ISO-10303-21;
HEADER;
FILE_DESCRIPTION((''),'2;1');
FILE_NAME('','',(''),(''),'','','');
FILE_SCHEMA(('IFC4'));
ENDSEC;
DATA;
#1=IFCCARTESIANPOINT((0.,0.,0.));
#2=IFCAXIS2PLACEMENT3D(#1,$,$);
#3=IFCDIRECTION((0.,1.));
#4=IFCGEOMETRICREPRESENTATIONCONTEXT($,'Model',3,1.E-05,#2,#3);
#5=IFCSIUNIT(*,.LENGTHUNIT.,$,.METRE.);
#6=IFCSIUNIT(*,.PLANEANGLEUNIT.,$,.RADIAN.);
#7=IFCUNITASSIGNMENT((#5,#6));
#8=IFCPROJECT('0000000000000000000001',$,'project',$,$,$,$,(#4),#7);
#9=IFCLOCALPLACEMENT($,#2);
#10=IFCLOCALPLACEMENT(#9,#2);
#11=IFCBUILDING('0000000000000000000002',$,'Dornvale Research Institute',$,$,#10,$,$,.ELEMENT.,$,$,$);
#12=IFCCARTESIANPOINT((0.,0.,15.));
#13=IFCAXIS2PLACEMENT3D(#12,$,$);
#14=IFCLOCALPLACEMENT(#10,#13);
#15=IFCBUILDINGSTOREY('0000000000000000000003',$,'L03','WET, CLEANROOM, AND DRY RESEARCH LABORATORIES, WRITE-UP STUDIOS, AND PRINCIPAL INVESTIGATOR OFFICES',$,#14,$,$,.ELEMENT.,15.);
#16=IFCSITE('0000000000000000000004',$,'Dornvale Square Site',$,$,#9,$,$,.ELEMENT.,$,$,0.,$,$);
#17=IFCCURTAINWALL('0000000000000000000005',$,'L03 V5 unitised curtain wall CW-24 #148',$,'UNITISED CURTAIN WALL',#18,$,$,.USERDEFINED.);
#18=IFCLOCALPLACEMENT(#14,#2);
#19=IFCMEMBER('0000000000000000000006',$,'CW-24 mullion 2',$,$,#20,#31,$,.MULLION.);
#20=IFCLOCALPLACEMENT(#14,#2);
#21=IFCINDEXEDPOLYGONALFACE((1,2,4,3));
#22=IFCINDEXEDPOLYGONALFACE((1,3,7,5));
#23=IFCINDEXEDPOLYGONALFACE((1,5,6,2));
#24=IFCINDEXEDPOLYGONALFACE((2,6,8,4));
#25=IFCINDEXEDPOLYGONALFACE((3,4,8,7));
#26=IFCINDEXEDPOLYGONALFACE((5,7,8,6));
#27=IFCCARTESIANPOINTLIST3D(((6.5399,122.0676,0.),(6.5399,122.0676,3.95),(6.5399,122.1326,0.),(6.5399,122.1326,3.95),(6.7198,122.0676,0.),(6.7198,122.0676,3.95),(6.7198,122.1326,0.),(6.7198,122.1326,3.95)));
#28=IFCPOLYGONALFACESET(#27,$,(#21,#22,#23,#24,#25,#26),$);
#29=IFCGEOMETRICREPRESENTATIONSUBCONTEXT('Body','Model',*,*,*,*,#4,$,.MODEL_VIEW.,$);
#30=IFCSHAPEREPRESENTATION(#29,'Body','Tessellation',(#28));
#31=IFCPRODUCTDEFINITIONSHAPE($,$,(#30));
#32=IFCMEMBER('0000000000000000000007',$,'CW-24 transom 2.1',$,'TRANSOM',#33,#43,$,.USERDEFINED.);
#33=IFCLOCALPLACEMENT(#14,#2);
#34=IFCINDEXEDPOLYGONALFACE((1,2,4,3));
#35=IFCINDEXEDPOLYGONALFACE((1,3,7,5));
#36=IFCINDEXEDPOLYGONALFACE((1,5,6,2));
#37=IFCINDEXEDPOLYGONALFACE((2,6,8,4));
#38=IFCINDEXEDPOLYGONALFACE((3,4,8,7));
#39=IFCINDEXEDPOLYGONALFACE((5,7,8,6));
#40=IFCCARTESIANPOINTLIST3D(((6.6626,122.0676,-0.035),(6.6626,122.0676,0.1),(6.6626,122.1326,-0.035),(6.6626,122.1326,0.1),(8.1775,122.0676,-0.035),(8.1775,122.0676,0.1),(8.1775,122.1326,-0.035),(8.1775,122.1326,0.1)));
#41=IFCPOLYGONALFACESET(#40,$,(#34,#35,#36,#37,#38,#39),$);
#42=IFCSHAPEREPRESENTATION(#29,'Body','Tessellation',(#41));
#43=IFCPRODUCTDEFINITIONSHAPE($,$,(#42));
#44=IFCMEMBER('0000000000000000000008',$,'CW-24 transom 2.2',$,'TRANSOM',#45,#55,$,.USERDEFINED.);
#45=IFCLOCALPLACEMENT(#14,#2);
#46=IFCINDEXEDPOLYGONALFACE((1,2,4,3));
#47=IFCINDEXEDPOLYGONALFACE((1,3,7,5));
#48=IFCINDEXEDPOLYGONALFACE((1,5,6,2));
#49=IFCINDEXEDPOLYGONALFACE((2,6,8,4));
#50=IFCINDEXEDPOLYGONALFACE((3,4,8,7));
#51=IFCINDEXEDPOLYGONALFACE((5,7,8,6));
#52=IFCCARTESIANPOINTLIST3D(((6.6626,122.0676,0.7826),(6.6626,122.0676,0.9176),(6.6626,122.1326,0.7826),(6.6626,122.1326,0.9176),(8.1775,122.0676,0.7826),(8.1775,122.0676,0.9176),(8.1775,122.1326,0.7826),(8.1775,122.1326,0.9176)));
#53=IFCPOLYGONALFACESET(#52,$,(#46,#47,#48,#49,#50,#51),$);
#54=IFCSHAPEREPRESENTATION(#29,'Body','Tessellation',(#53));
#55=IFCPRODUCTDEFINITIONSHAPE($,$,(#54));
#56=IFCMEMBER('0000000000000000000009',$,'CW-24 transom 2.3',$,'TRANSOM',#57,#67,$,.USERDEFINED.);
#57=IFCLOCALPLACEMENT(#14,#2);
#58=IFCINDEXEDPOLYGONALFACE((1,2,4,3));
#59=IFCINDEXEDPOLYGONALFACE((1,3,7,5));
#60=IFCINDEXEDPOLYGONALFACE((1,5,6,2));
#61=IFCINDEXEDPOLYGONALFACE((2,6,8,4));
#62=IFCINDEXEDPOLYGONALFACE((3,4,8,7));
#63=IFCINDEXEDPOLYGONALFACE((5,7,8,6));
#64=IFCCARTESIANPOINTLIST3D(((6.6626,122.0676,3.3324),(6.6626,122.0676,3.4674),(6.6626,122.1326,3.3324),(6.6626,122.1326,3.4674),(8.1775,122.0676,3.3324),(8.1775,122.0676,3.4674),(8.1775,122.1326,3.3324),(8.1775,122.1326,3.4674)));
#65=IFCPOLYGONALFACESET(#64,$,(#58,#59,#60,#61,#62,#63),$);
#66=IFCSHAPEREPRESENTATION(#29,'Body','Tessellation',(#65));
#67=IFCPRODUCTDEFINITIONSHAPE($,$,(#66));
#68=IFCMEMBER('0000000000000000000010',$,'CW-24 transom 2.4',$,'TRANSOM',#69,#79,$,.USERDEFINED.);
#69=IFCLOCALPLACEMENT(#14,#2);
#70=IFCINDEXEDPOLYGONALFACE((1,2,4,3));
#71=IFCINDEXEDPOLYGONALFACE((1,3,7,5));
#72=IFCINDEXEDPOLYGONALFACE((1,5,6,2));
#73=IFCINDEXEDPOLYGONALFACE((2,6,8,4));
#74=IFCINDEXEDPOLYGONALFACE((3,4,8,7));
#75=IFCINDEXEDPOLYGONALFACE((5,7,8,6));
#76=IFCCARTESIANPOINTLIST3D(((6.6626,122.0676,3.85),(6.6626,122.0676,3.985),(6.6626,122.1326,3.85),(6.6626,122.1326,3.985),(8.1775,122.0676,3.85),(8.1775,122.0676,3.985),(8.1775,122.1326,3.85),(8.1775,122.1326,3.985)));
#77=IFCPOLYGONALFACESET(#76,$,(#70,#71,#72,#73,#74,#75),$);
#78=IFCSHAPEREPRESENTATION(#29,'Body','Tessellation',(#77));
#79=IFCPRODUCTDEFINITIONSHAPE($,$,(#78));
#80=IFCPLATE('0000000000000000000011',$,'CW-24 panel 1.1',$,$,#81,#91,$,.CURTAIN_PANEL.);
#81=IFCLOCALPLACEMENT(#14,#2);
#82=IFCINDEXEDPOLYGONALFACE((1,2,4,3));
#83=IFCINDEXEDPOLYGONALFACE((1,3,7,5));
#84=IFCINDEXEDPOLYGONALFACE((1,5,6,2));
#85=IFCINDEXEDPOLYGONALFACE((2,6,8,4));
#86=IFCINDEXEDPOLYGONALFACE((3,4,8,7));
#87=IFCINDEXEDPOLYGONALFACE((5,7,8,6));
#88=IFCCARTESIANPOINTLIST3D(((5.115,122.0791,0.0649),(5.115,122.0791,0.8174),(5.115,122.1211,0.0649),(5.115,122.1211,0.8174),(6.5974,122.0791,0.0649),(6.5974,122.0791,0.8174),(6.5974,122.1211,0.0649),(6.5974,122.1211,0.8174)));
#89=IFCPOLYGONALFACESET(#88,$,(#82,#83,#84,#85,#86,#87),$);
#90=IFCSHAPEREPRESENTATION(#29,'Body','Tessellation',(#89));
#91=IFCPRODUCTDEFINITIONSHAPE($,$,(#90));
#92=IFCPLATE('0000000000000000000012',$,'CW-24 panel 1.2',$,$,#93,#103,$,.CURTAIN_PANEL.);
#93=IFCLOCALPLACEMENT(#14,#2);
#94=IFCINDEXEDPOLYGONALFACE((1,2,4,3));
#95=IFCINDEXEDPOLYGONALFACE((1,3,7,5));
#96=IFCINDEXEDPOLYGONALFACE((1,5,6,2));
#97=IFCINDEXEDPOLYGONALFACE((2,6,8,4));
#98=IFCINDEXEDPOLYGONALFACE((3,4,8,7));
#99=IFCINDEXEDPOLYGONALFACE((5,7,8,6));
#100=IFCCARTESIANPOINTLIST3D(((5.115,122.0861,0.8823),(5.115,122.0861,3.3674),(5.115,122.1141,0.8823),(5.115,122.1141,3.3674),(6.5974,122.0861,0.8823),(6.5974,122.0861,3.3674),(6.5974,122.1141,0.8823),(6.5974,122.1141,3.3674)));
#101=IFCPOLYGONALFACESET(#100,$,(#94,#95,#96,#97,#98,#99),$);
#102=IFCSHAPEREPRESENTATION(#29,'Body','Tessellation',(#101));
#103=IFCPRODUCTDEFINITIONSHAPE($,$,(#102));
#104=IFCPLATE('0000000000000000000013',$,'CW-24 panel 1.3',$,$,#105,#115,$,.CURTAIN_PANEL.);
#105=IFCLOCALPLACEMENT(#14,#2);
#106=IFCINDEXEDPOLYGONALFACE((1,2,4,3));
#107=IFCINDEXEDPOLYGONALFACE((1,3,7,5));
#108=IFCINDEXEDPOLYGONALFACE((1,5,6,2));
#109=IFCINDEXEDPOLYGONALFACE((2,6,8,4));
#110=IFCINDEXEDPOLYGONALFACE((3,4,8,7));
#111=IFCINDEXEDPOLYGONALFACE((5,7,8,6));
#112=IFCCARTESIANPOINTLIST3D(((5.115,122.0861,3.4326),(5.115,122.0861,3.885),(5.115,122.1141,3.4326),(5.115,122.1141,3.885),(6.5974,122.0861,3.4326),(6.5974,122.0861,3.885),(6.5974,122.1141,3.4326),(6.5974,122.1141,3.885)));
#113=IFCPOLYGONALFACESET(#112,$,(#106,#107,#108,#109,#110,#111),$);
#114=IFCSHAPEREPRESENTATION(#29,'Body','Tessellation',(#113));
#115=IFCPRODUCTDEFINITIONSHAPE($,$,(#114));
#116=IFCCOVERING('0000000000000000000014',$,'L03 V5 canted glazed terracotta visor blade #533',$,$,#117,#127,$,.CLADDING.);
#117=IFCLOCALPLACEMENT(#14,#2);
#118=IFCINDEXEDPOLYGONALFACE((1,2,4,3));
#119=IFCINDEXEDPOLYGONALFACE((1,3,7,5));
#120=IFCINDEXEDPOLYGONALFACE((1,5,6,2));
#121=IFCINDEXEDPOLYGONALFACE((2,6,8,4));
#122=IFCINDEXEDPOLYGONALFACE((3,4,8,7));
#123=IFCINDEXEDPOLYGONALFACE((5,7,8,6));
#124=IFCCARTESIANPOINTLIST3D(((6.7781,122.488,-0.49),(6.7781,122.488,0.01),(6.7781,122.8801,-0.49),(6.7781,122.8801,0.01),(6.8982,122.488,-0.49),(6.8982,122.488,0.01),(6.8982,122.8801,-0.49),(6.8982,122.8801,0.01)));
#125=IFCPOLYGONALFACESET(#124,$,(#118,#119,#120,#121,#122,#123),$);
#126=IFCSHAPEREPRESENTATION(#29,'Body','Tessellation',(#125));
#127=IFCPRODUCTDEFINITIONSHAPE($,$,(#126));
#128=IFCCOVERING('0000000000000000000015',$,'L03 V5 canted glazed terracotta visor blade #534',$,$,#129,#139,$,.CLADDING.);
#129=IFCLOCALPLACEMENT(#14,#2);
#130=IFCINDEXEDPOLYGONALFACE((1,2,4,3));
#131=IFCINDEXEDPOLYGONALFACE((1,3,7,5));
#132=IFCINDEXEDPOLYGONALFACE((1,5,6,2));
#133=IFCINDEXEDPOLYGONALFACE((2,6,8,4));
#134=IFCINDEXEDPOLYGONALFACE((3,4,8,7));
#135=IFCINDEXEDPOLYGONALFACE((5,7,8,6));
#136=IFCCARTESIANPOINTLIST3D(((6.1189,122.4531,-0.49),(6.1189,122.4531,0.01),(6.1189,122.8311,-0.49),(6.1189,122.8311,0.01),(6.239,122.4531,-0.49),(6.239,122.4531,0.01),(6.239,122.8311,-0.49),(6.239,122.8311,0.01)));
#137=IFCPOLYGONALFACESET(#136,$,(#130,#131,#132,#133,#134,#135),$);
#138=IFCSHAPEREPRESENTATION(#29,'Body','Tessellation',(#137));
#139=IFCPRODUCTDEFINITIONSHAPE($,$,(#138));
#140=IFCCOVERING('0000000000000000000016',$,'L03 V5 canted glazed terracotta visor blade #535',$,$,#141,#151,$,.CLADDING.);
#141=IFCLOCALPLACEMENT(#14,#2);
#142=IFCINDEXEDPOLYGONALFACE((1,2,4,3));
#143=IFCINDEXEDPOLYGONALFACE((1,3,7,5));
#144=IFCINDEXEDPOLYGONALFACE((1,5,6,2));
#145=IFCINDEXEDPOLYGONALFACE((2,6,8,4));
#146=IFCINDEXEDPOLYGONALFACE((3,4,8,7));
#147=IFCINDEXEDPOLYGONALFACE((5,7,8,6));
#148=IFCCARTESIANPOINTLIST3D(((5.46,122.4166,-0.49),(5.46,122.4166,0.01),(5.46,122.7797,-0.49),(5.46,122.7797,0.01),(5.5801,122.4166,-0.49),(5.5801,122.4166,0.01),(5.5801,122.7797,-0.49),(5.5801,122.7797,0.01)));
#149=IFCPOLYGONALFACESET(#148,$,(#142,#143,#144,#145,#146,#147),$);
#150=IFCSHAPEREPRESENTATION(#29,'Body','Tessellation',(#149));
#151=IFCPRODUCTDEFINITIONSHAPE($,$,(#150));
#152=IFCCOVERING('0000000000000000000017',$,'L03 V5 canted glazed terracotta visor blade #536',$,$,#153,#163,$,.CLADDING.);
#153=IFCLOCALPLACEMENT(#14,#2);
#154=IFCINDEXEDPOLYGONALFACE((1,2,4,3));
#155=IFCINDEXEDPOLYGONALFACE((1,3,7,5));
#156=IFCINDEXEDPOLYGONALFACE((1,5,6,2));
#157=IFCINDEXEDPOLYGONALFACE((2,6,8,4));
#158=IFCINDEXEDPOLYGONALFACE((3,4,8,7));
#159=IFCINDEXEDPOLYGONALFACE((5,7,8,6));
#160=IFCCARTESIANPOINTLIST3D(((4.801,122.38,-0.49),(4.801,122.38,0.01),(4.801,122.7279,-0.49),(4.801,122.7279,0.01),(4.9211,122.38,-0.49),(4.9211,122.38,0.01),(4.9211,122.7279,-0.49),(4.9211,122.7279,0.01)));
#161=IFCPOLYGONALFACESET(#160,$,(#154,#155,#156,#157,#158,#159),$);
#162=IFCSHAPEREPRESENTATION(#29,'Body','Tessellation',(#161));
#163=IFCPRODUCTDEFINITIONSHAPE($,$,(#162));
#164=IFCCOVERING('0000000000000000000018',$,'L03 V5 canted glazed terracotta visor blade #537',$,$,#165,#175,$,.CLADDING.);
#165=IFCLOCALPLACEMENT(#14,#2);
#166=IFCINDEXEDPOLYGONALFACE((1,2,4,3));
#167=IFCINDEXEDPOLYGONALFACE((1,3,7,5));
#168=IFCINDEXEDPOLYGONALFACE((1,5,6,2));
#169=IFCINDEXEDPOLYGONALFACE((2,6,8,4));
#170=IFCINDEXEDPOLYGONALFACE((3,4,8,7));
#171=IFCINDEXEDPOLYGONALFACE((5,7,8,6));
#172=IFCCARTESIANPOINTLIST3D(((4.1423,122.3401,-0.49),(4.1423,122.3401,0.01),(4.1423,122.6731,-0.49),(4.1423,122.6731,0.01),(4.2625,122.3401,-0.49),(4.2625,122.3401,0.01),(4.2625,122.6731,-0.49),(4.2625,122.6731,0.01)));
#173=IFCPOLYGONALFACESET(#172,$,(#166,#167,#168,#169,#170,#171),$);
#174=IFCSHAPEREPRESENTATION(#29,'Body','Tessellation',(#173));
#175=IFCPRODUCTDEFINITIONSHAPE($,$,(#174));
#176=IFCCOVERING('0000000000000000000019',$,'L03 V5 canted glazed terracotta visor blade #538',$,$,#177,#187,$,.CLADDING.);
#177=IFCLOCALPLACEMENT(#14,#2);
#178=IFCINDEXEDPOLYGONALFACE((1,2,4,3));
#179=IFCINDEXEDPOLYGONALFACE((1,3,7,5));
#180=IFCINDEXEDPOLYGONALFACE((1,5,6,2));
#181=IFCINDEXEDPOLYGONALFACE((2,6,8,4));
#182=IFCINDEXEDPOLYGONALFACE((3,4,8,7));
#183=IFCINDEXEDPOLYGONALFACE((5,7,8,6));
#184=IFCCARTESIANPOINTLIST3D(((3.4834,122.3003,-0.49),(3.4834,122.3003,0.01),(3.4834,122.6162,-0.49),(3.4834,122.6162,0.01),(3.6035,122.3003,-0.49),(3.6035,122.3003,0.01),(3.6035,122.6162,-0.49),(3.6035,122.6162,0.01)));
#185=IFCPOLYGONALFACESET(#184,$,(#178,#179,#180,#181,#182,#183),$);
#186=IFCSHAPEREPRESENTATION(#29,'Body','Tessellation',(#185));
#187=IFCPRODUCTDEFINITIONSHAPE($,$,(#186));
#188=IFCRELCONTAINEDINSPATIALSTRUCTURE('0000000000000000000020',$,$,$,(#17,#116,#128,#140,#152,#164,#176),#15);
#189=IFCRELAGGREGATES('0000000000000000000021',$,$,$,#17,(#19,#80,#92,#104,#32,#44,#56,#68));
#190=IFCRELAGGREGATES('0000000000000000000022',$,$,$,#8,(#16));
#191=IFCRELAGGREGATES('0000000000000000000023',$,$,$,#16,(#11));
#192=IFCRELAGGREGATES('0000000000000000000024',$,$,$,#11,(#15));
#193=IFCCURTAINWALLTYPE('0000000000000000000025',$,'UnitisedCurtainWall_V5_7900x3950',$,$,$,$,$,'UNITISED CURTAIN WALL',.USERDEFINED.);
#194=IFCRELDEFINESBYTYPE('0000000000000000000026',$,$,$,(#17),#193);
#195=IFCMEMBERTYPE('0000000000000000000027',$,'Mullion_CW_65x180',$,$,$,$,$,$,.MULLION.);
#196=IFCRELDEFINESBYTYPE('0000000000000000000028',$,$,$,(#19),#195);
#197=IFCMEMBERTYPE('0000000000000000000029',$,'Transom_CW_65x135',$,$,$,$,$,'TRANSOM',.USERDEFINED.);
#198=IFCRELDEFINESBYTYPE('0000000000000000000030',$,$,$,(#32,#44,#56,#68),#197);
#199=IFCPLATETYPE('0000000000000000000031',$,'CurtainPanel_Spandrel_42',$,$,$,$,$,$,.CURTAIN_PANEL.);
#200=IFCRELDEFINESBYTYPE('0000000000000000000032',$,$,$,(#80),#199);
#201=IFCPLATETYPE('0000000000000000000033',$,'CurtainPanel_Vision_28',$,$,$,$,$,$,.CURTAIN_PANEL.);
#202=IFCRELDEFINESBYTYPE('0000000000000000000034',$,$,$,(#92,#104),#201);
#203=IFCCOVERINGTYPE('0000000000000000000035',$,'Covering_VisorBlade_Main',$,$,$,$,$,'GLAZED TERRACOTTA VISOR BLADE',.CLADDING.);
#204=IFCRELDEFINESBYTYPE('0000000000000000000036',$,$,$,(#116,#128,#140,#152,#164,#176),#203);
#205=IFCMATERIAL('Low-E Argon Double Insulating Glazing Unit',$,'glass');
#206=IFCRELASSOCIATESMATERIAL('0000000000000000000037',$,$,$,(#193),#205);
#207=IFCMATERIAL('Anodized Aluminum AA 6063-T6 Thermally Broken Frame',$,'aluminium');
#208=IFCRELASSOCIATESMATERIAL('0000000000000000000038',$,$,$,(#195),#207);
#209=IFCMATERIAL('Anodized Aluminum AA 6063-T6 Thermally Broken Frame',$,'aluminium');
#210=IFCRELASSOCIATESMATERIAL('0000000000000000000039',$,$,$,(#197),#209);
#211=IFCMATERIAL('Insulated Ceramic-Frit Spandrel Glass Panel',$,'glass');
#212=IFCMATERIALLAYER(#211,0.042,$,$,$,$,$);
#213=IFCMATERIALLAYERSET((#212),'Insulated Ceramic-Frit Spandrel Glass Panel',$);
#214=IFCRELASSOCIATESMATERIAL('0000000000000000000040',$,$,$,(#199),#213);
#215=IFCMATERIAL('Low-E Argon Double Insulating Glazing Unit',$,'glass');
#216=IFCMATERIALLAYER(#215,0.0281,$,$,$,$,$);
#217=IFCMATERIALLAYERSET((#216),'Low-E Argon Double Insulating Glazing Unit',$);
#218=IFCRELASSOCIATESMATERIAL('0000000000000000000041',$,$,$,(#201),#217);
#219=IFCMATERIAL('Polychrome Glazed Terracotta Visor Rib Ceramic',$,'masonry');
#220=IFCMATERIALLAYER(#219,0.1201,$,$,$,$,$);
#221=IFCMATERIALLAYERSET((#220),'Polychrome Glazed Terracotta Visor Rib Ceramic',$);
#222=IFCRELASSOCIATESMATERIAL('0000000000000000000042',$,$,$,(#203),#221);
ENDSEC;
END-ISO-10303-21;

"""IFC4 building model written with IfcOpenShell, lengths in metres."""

from ifc_helpers import new_model, si_unit, direction, frame, origin, origin_2d, place, context, subcontext, project, spatial, rectangle, extrude, material, layer, layer_set, material_profile, profile_set, type_object, element, aggregate, save


model = new_model("IFC4")

# Units and contexts
model_context = context("Model", 3, precision=1e-05, world=origin(), true_north=direction((0.0, 1.0)))
body_context = subcontext(model_context, "Body", "Model", "MODEL_VIEW")
ifc_project = project(units=[si_unit("LENGTHUNIT", "METRE"), si_unit("PLANEANGLEUNIT", "RADIAN")], contexts=[model_context])

# Site, building, storey
site_placement = place(None, origin())
site = spatial("IfcSite", under=ifc_project, at=site_placement, Name="Dornvale Square Site", CompositionType="ELEMENT", RefElevation=0.0)
building_placement = place(site_placement, origin())
building = spatial("IfcBuilding", under=site, at=building_placement, Name="Dornvale Research Institute", CompositionType="ELEMENT")
storey_placement = place(building_placement, frame((0.0, 0.0, 15.0)))
storey = spatial("IfcBuildingStorey", under=building, at=storey_placement, Name="L03", Description="WET, CLEANROOM, AND DRY RESEARCH LABORATORIES, WRITE-UP STUDIOS, AND PRINCIPAL INVESTIGATOR OFFICES", CompositionType="ELEMENT", Elevation=15.0)

# Curtain wall, members, plates
ifc_material_1 = material(Name="Low-E Argon Double Insulating Glazing Unit", Category="glass")
curtain_wall_type = type_object("IfcCurtainWallType", Name="UnitisedCurtainWall_V5_7900x3950", ElementType="UNITISED CURTAIN WALL", PredefinedType="USERDEFINED", material=ifc_material_1)
curtain_wall_placement = place(storey_placement, origin())
curtain_wall = element("IfcCurtainWall", 1, at=curtain_wall_placement, inside=storey, type_object=curtain_wall_type, Name="L03 V5 unitised curtain wall CW-24 #148", ObjectType="UNITISED CURTAIN WALL", PredefinedType="USERDEFINED")
ifc_material_2 = material(Name="Anodized Aluminum AA 6063-T6 Thermally Broken Frame", Category="aluminium")
ifc_material_profile_1 = material_profile(ifc_material_2, rectangle(XDim=0.0649, YDim=0.1799, at=origin_2d()), Name="ALU MULLION 65x180")
ifc_profile_set_1 = profile_set([ifc_material_profile_1], Name="Anodized Aluminum AA 6063-T6 Thermally Broken Frame")
member_type_1 = type_object("IfcMemberType", Name="Mullion_CW_65x180", PredefinedType="MULLION", material=ifc_profile_set_1)
member_1_placement = place(storey_placement, frame((6.6299, 122.1001, 0.0), z_axis=(0.0, 0.0, 1.0), x_axis=(0.0, 1.0, 0.0)))
member_1 = element("IfcMember", 2, at=member_1_placement, type_object=member_type_1, Name="CW-24 mullion 2", PredefinedType="MULLION", context=body_context, shape_type="SweptSolid", body=[
    extrude(rectangle(XDim=0.0649, YDim=0.1799, at=origin_2d()), origin(), (0.0, 0.0, 1.0), 3.95),
])
ifc_material_3 = material(Name="Anodized Aluminum AA 6063-T6 Thermally Broken Frame", Category="aluminium")
ifc_material_profile_2 = material_profile(ifc_material_3, rectangle(XDim=0.0649, YDim=0.135, at=origin_2d()), Name="ALU TRANSOM 65x135")
ifc_profile_set_2 = profile_set([ifc_material_profile_2], Name="Anodized Aluminum AA 6063-T6 Thermally Broken Frame")
member_type_2 = type_object("IfcMemberType", Name="Transom_CW_65x135", ElementType="TRANSOM", PredefinedType="USERDEFINED", material=ifc_profile_set_2)
member_2_placement = place(storey_placement, frame((6.6626, 122.1001, 0.0325), z_axis=(1.0, 0.0, 0.0), x_axis=(0.0, 1.0, 0.0)))
member_2 = element("IfcMember", 3, at=member_2_placement, type_object=member_type_2, Name="CW-24 transom 2.1", ObjectType="TRANSOM", PredefinedType="USERDEFINED", context=body_context, shape_type="SweptSolid", body=[
    extrude(rectangle(XDim=0.0649, YDim=0.135, at=origin_2d()), origin(), (0.0, 0.0, 1.0), 1.5149),
])
member_3_placement = place(storey_placement, frame((6.6626, 122.1001, 0.8501), z_axis=(1.0, 0.0, 0.0), x_axis=(0.0, 1.0, 0.0)))
member_3 = element("IfcMember", 4, at=member_3_placement, type_object=member_type_2, Name="CW-24 transom 2.2", ObjectType="TRANSOM", PredefinedType="USERDEFINED", context=body_context, shape_type="SweptSolid", body=[
    extrude(rectangle(XDim=0.0649, YDim=0.135, at=origin_2d()), origin(), (0.0, 0.0, 1.0), 1.5149),
])
member_4_placement = place(storey_placement, frame((6.6626, 122.1001, 3.3999), z_axis=(1.0, 0.0, 0.0), x_axis=(0.0, 1.0, 0.0)))
member_4 = element("IfcMember", 5, at=member_4_placement, type_object=member_type_2, Name="CW-24 transom 2.3", ObjectType="TRANSOM", PredefinedType="USERDEFINED", context=body_context, shape_type="SweptSolid", body=[
    extrude(rectangle(XDim=0.0649, YDim=0.135, at=origin_2d()), origin(), (0.0, 0.0, 1.0), 1.5149),
])
member_5_placement = place(storey_placement, frame((6.6626, 122.1001, 3.9175), z_axis=(1.0, 0.0, 0.0), x_axis=(0.0, 1.0, 0.0)))
member_5 = element("IfcMember", 6, at=member_5_placement, type_object=member_type_2, Name="CW-24 transom 2.4", ObjectType="TRANSOM", PredefinedType="USERDEFINED", context=body_context, shape_type="SweptSolid", body=[
    extrude(rectangle(XDim=0.0649, YDim=0.135, at=origin_2d()), origin(), (0.0, 0.0, 1.0), 1.5149),
])
ifc_material_4 = material(Name="Insulated Ceramic-Frit Spandrel Glass Panel", Category="glass")
ifc_layer_1 = layer(ifc_material_4, 0.042)
ifc_layer_set_1 = layer_set([ifc_layer_1], Name="Insulated Ceramic-Frit Spandrel Glass Panel")
plate_type_1 = type_object("IfcPlateType", Name="CurtainPanel_Spandrel_42", PredefinedType="CURTAIN_PANEL", material=ifc_layer_set_1)
plate_1_placement = place(storey_placement, frame((5.8562, 122.1001, 0.0649), z_axis=(0.0, 0.0, 1.0), x_axis=(1.0, 0.0, 0.0)))
plate_1 = element("IfcPlate", 7, at=plate_1_placement, type_object=plate_type_1, Name="CW-24 panel 1.1", PredefinedType="CURTAIN_PANEL", context=body_context, shape_type="SweptSolid", body=[
    extrude(rectangle(XDim=1.4824, YDim=0.042, at=origin_2d()), origin(), (0.0, 0.0, 1.0), 0.7524),
])
ifc_material_5 = material(Name="Low-E Argon Double Insulating Glazing Unit", Category="glass")
ifc_layer_2 = layer(ifc_material_5, 0.0281)
ifc_layer_set_2 = layer_set([ifc_layer_2], Name="Low-E Argon Double Insulating Glazing Unit")
plate_type_2 = type_object("IfcPlateType", Name="CurtainPanel_Vision_28", PredefinedType="CURTAIN_PANEL", material=ifc_layer_set_2)
plate_2_placement = place(storey_placement, frame((5.8562, 122.1001, 0.8823), z_axis=(0.0, 0.0, 1.0), x_axis=(1.0, 0.0, 0.0)))
plate_2 = element("IfcPlate", 8, at=plate_2_placement, type_object=plate_type_2, Name="CW-24 panel 1.2", PredefinedType="CURTAIN_PANEL", context=body_context, shape_type="SweptSolid", body=[
    extrude(rectangle(XDim=1.4824, YDim=0.0281, at=origin_2d()), origin(), (0.0, 0.0, 1.0), 2.4851),
])
plate_3_placement = place(storey_placement, frame((5.8562, 122.1001, 3.4326), z_axis=(0.0, 0.0, 1.0), x_axis=(1.0, 0.0, 0.0)))
plate_3 = element("IfcPlate", 9, at=plate_3_placement, type_object=plate_type_2, Name="CW-24 panel 1.3", PredefinedType="CURTAIN_PANEL", context=body_context, shape_type="SweptSolid", body=[
    extrude(rectangle(XDim=1.4824, YDim=0.0281, at=origin_2d()), origin(), (0.0, 0.0, 1.0), 0.4524),
])
aggregate(curtain_wall, [member_1, plate_1, plate_2, plate_3, member_2, member_3, member_4, member_5])

# Coverings
ifc_material_6 = material(Name="Polychrome Glazed Terracotta Visor Rib Ceramic", Category="masonry")
ifc_layer_3 = layer(ifc_material_6, 0.1201)
ifc_layer_set_3 = layer_set([ifc_layer_3], Name="Polychrome Glazed Terracotta Visor Rib Ceramic")
covering_type = type_object("IfcCoveringType", Name="Covering_VisorBlade_Main", ElementType="GLAZED TERRACOTTA VISOR BLADE", PredefinedType="CLADDING", material=ifc_layer_set_3)
covering_1_placement = place(storey_placement, frame((6.8381, 122.6841, -0.49), z_axis=(0.0, 0.0, 1.0), x_axis=(0.0, 1.0, 0.0)))
element("IfcCovering", 10, at=covering_1_placement, inside=storey, type_object=covering_type, Name="L03 V5 canted glazed terracotta visor blade #533", PredefinedType="CLADDING", context=body_context, shape_type="SweptSolid", body=[
    extrude(rectangle(XDim=0.3921, YDim=0.1201, at=origin_2d()), origin(), (0.0, 0.0, 1.0), 0.5),
])
covering_2_placement = place(storey_placement, frame((6.179, 122.6421, -0.49), z_axis=(0.0, 0.0, 1.0), x_axis=(0.0, 1.0, 0.0)))
element("IfcCovering", 11, at=covering_2_placement, inside=storey, type_object=covering_type, Name="L03 V5 canted glazed terracotta visor blade #534", PredefinedType="CLADDING", context=body_context, shape_type="SweptSolid", body=[
    extrude(rectangle(XDim=0.3779, YDim=0.1201, at=origin_2d()), origin(), (0.0, 0.0, 1.0), 0.5),
])
covering_3_placement = place(storey_placement, frame((5.52, 122.5981, -0.49), z_axis=(0.0, 0.0, 1.0), x_axis=(0.0, 1.0, 0.0)))
element("IfcCovering", 12, at=covering_3_placement, inside=storey, type_object=covering_type, Name="L03 V5 canted glazed terracotta visor blade #535", PredefinedType="CLADDING", context=body_context, shape_type="SweptSolid", body=[
    extrude(rectangle(XDim=0.363, YDim=0.1201, at=origin_2d()), origin(), (0.0, 0.0, 1.0), 0.5),
])
covering_4_placement = place(storey_placement, frame((4.8611, 122.554, -0.49), z_axis=(0.0, 0.0, 1.0), x_axis=(0.0, 1.0, 0.0)))
element("IfcCovering", 13, at=covering_4_placement, inside=storey, type_object=covering_type, Name="L03 V5 canted glazed terracotta visor blade #536", PredefinedType="CLADDING", context=body_context, shape_type="SweptSolid", body=[
    extrude(rectangle(XDim=0.3479, YDim=0.1201, at=origin_2d()), origin(), (0.0, 0.0, 1.0), 0.5),
])
covering_5_placement = place(storey_placement, frame((4.2024, 122.5066, -0.49), z_axis=(0.0, 0.0, 1.0), x_axis=(0.0, 1.0, 0.0)))
element("IfcCovering", 14, at=covering_5_placement, inside=storey, type_object=covering_type, Name="L03 V5 canted glazed terracotta visor blade #537", PredefinedType="CLADDING", context=body_context, shape_type="SweptSolid", body=[
    extrude(rectangle(XDim=0.333, YDim=0.1201, at=origin_2d()), origin(), (0.0, 0.0, 1.0), 0.5),
])
covering_6_placement = place(storey_placement, frame((3.5435, 122.4583, -0.49), z_axis=(0.0, 0.0, 1.0), x_axis=(0.0, 1.0, 0.0)))
element("IfcCovering", 15, at=covering_6_placement, inside=storey, type_object=covering_type, Name="L03 V5 canted glazed terracotta visor blade #538", PredefinedType="CLADDING", context=body_context, shape_type="SweptSolid", body=[
    extrude(rectangle(XDim=0.3159, YDim=0.1201, at=origin_2d()), origin(), (0.0, 0.0, 1.0), 0.5),
])

save(model, "model.ifc")
